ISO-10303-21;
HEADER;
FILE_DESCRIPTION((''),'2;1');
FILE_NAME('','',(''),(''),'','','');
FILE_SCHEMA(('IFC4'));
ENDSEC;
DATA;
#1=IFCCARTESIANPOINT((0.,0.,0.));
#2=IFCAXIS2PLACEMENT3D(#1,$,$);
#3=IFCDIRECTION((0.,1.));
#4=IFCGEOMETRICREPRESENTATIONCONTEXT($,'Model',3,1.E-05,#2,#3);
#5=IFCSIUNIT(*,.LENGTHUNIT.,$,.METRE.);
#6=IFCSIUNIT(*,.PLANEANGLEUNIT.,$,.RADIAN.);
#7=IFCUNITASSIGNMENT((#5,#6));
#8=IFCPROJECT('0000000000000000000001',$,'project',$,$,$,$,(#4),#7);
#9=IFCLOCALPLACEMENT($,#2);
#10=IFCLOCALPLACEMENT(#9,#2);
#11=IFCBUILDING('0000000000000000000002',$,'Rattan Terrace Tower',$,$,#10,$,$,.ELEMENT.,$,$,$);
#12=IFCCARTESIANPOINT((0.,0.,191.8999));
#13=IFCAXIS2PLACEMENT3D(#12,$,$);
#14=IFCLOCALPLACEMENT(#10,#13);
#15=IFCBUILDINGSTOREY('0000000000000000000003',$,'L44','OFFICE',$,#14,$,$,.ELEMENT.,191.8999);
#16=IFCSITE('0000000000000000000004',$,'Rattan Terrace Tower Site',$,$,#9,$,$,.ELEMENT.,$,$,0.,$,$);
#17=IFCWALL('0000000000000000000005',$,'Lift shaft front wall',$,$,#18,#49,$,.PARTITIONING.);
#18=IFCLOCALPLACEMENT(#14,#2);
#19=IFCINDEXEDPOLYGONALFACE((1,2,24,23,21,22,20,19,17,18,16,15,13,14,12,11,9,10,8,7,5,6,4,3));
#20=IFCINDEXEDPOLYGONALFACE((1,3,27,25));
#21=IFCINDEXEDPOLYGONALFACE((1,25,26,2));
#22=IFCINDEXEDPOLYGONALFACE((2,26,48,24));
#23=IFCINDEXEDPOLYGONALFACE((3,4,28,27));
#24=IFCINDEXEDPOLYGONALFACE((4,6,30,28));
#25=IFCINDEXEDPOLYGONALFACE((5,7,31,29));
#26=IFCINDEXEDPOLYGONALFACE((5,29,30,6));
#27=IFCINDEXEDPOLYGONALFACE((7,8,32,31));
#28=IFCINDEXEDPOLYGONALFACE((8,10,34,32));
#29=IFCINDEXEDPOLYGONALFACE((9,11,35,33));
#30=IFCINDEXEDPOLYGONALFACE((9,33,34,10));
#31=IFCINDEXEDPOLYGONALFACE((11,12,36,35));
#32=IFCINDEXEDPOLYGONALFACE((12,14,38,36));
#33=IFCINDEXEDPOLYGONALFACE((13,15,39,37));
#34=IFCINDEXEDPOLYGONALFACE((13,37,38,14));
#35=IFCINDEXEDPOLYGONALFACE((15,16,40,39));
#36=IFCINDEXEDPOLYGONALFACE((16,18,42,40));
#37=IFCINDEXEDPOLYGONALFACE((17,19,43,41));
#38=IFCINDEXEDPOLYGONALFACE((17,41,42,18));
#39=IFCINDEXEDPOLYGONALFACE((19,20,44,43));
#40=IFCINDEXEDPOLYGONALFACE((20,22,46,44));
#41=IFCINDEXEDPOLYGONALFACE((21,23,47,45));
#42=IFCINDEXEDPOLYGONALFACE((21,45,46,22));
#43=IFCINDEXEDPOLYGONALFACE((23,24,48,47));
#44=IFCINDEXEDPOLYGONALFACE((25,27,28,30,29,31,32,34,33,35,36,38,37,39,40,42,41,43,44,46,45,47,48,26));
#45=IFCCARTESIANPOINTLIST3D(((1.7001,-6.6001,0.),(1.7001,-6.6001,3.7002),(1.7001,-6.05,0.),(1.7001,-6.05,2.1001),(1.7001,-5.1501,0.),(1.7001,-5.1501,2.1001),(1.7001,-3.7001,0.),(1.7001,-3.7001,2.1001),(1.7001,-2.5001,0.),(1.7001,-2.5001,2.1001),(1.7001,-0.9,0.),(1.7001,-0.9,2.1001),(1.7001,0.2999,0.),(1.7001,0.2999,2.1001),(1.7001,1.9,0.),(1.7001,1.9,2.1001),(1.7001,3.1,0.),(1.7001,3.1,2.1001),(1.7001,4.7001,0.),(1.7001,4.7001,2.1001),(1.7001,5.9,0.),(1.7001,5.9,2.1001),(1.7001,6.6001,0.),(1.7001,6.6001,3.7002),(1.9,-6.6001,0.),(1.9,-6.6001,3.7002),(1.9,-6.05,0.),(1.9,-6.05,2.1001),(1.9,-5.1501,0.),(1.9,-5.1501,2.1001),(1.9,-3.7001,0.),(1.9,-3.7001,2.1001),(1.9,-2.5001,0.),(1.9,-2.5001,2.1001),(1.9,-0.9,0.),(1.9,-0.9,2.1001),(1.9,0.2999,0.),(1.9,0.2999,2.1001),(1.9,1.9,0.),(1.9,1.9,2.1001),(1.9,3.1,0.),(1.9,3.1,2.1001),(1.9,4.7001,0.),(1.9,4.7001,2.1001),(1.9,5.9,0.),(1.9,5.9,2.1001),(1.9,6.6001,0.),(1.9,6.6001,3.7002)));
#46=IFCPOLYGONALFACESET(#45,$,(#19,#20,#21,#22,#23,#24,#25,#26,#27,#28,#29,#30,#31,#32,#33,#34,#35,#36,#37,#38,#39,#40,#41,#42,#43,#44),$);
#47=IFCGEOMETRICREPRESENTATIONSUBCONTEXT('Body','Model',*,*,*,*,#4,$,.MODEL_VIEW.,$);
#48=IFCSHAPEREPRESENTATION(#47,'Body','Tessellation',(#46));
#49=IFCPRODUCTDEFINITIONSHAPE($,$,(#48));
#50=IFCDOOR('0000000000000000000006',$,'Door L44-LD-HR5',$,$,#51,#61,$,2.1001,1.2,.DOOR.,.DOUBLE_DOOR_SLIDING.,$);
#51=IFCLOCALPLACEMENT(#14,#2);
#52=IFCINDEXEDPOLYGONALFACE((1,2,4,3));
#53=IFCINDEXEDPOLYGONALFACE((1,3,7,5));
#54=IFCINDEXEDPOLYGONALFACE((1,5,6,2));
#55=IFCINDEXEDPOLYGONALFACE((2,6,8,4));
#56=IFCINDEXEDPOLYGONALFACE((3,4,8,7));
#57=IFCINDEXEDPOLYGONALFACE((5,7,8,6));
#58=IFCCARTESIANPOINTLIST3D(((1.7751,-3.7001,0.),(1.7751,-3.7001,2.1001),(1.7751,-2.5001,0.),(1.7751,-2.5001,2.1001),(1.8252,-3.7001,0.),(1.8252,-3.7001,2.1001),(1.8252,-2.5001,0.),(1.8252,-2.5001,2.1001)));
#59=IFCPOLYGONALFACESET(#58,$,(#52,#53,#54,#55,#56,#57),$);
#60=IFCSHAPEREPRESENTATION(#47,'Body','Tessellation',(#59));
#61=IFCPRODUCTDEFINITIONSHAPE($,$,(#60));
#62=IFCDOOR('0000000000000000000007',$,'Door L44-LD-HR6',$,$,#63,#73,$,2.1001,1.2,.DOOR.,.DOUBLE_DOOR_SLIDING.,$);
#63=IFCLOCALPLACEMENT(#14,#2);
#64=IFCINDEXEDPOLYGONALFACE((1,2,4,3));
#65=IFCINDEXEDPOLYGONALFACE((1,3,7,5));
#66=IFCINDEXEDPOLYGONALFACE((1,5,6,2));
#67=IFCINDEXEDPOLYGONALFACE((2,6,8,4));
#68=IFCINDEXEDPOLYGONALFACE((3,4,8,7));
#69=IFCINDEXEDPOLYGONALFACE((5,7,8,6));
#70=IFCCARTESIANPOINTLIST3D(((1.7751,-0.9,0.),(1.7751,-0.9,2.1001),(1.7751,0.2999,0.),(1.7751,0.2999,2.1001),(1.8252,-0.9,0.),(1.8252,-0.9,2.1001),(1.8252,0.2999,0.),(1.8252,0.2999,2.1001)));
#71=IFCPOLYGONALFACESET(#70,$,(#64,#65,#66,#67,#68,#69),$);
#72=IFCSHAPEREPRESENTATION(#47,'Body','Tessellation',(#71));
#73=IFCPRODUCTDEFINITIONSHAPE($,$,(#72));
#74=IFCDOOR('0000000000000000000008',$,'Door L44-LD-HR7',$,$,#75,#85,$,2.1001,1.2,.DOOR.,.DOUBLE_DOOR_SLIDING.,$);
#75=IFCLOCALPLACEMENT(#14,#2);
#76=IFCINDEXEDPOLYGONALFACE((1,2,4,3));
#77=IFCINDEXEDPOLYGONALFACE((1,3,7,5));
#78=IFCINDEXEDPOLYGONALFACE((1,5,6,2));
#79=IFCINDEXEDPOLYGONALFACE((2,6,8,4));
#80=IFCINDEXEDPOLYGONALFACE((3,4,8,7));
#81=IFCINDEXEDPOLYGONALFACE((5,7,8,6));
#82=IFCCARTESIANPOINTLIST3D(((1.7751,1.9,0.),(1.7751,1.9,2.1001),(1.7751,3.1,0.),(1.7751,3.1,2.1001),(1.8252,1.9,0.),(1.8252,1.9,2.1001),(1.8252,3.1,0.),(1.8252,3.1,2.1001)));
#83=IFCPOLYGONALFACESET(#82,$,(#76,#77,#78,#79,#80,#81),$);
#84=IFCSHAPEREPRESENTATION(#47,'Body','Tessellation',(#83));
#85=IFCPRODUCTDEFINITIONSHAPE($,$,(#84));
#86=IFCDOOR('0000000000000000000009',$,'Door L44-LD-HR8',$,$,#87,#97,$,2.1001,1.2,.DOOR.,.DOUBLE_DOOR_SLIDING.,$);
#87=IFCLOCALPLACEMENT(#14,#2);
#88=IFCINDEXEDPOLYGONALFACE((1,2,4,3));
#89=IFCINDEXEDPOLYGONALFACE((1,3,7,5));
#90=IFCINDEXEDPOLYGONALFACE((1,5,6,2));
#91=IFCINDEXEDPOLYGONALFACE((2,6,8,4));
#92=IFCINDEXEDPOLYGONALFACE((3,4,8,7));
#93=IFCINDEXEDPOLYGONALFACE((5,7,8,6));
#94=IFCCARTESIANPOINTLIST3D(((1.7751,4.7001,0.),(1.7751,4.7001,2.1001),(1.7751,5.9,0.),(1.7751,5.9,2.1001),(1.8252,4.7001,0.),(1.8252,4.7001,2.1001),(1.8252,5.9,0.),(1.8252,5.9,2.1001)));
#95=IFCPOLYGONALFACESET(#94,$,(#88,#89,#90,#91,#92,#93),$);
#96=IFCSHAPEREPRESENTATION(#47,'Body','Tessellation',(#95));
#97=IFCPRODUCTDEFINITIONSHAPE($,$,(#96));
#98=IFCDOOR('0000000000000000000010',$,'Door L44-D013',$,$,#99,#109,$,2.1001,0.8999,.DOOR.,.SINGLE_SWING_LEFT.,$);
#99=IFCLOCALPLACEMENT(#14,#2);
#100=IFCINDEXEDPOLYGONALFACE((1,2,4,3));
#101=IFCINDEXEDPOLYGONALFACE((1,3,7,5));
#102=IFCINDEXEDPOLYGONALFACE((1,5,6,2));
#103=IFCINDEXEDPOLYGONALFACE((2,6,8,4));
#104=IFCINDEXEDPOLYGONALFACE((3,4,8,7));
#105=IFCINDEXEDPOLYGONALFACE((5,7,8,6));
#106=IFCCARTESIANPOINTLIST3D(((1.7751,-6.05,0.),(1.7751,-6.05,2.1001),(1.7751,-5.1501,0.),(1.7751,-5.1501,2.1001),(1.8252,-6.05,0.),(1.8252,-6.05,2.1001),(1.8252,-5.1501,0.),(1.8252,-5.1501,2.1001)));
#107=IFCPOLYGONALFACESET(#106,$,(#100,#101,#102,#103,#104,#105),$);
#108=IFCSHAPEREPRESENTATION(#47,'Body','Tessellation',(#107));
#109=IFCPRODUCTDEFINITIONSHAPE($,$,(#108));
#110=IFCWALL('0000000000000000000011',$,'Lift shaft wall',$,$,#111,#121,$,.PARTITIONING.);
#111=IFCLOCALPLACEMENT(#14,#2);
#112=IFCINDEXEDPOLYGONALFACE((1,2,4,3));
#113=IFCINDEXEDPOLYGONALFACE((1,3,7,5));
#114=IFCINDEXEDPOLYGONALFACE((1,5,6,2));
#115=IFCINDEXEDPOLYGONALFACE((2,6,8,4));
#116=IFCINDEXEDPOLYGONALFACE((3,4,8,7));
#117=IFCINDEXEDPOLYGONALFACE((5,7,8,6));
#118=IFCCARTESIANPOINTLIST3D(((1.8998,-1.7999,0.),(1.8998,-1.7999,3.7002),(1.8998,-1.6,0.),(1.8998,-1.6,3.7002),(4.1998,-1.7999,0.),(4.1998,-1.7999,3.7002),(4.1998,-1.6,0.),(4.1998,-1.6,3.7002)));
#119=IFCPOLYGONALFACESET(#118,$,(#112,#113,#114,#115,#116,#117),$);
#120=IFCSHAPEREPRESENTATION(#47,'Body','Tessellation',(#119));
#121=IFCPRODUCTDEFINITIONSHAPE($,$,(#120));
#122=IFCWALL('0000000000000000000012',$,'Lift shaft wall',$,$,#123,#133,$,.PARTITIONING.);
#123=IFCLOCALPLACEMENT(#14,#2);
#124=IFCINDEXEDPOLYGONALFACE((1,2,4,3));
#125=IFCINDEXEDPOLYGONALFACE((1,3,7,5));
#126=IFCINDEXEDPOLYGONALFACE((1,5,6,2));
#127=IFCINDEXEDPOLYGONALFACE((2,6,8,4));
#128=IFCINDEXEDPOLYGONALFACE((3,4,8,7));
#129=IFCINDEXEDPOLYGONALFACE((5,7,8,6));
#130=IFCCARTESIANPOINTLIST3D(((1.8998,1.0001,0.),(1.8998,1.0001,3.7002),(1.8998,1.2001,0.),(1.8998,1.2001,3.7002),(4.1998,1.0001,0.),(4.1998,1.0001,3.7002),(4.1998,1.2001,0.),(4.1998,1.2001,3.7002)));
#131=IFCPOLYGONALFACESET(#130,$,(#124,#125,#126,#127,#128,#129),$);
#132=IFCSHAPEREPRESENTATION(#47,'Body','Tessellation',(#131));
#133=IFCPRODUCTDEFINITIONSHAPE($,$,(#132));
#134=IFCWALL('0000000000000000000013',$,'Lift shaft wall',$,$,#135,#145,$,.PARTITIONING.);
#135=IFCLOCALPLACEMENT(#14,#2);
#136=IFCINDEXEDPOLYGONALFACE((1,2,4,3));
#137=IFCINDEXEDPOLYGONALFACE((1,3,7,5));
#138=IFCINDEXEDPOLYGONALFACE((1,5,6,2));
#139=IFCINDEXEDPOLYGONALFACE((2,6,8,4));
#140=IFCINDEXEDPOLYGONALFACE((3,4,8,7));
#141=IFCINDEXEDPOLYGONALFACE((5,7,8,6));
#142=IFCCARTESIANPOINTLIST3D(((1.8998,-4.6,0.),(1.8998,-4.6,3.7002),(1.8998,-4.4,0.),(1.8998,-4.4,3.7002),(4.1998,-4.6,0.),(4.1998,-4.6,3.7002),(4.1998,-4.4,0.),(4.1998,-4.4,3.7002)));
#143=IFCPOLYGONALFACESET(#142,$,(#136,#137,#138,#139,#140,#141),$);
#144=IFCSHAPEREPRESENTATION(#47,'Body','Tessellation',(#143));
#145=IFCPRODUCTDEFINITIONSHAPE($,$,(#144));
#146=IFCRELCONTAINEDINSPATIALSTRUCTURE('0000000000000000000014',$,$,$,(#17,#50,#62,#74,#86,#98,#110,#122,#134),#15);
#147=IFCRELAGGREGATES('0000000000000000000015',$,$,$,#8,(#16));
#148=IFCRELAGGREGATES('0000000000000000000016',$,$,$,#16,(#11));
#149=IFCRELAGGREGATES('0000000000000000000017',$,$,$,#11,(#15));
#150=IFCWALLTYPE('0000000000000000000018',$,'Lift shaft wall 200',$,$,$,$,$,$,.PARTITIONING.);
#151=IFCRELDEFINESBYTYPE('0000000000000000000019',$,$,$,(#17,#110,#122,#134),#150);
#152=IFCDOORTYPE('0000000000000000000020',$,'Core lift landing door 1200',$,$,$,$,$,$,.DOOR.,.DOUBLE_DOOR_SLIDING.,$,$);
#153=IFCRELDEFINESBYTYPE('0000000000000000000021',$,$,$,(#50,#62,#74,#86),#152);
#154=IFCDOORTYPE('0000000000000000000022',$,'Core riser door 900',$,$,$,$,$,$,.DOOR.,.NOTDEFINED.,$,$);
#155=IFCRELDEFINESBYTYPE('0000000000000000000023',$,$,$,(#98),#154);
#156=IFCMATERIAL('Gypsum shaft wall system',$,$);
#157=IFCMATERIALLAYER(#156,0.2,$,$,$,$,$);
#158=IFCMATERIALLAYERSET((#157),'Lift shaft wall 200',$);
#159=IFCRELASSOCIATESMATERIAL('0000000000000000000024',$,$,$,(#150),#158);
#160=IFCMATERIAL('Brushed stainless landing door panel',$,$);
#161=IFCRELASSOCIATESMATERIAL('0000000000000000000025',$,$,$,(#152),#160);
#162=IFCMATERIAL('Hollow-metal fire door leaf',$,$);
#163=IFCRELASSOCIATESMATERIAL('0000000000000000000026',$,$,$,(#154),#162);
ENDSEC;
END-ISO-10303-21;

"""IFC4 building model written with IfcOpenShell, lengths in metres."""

from ifc_helpers import new_model, si_unit, direction, frame, frame_2d, origin, place, context, subcontext, project, spatial, rectangle, extrude, material, layer, layer_set, type_object, element, fill, save


model = new_model("IFC4")

# Units and contexts
model_context = context("Model", 3, precision=1e-05, world=origin(), true_north=direction((0.0, 1.0)))
body_context = subcontext(model_context, "Body", "Model", "MODEL_VIEW")
ifc_project = project(units=[si_unit("LENGTHUNIT", "METRE"), si_unit("PLANEANGLEUNIT", "RADIAN")], contexts=[model_context])

# Site, building, storey
site_placement = place(None, origin())
site = spatial("IfcSite", under=ifc_project, at=site_placement, Name="Rattan Terrace Tower Site", CompositionType="ELEMENT", RefElevation=0.0)
building_placement = place(site_placement, origin())
building = spatial("IfcBuilding", under=site, at=building_placement, Name="Rattan Terrace Tower", CompositionType="ELEMENT")
storey_placement = place(building_placement, frame((0.0, 0.0, 191.8999)))
storey = spatial("IfcBuildingStorey", under=building, at=storey_placement, Name="L44", Description="OFFICE", CompositionType="ELEMENT", Elevation=191.8999)

# Wall, openings, doors
ifc_material_1 = material(Name="Gypsum shaft wall system")
ifc_layer_1 = layer(ifc_material_1, 0.2)
ifc_layer_set_1 = layer_set([ifc_layer_1], Name="Lift shaft wall 200")
wall_type_1 = type_object("IfcWallType", Name="Lift shaft wall 200", PredefinedType="PARTITIONING", material=ifc_layer_set_1)
wall_1_placement = place(storey_placement, frame((1.8, -6.6001, 0.0), z_axis=(0.0, 0.0, 1.0), x_axis=(0.0, 1.0, 0.0)))
wall_1 = element("IfcWall", 1, at=wall_1_placement, inside=storey, type_object=wall_type_1, Name="Lift shaft front wall", PredefinedType="PARTITIONING", context=body_context, shape_type="SweptSolid", body=[
    extrude(rectangle(XDim=13.2002, YDim=0.2, at=frame_2d((6.6001, 0.0))), origin(), (0.0, 0.0, 1.0), 3.7002),
])
opening_1_placement = place(wall_1_placement, frame((0.55, 0.0, 0.0)))
opening_1 = element("IfcOpeningElement", 2, at=opening_1_placement, cuts=wall_1, PredefinedType="OPENING", context=body_context, shape_type="SweptSolid", body=[
    extrude(rectangle(XDim=0.8999, YDim=2.1001, at=frame_2d((0.45, 1.05))), frame((0.0, 0.1106, 0.0), z_axis=(0.0, -1.0, 0.0), x_axis=(1.0, 0.0, 0.0)), (0.0, 0.0, 1.0), 0.2209),
])
opening_2_placement = place(wall_1_placement, frame((2.8999, 0.0, 0.0)))
opening_2 = element("IfcOpeningElement", 3, at=opening_2_placement, cuts=wall_1, PredefinedType="OPENING", context=body_context, shape_type="SweptSolid", body=[
    extrude(rectangle(XDim=1.2, YDim=2.1001, at=frame_2d((0.6001, 1.05))), frame((0.0, 0.1106, 0.0), z_axis=(0.0, -1.0, 0.0), x_axis=(1.0, 0.0, 0.0)), (0.0, 0.0, 1.0), 0.2209),
])
opening_3_placement = place(wall_1_placement, frame((5.7, 0.0, 0.0)))
opening_3 = element("IfcOpeningElement", 4, at=opening_3_placement, cuts=wall_1, PredefinedType="OPENING", context=body_context, shape_type="SweptSolid", body=[
    extrude(rectangle(XDim=1.2, YDim=2.1001, at=frame_2d((0.6001, 1.05))), frame((0.0, 0.1106, 0.0), z_axis=(0.0, -1.0, 0.0), x_axis=(1.0, 0.0, 0.0)), (0.0, 0.0, 1.0), 0.2209),
])
opening_4_placement = place(wall_1_placement, frame((8.5, 0.0, 0.0)))
opening_4 = element("IfcOpeningElement", 5, at=opening_4_placement, cuts=wall_1, PredefinedType="OPENING", context=body_context, shape_type="SweptSolid", body=[
    extrude(rectangle(XDim=1.2, YDim=2.1001, at=frame_2d((0.6001, 1.05))), frame((0.0, 0.1106, 0.0), z_axis=(0.0, -1.0, 0.0), x_axis=(1.0, 0.0, 0.0)), (0.0, 0.0, 1.0), 0.2209),
])
opening_5_placement = place(wall_1_placement, frame((11.3, 0.0, 0.0)))
opening_5 = element("IfcOpeningElement", 6, at=opening_5_placement, cuts=wall_1, PredefinedType="OPENING", context=body_context, shape_type="SweptSolid", body=[
    extrude(rectangle(XDim=1.2, YDim=2.1001, at=frame_2d((0.6001, 1.05))), frame((0.0, 0.1106, 0.0), z_axis=(0.0, -1.0, 0.0), x_axis=(1.0, 0.0, 0.0)), (0.0, 0.0, 1.0), 0.2209),
])
ifc_material_2 = material(Name="Brushed stainless landing door panel")
door_type_1 = type_object("IfcDoorType", Name="Core lift landing door 1200", OperationType="DOUBLE_DOOR_SLIDING", PredefinedType="DOOR", material=ifc_material_2)
door_1_placement = place(opening_2_placement, origin())
door_1 = element("IfcDoor", 7, at=door_1_placement, inside=storey, type_object=door_type_1, Name="Door L44-LD-HR5", OperationType="DOUBLE_DOOR_SLIDING", OverallHeight=2.1001, OverallWidth=1.2, PredefinedType="DOOR", context=body_context, shape_type="SweptSolid", body=[
    extrude(rectangle(XDim=1.2, YDim=2.1001, at=frame_2d((0.6001, 1.05))), frame((0.0, 0.0249, 0.0), z_axis=(0.0, -1.0, 0.0), x_axis=(1.0, 0.0, 0.0)), (0.0, 0.0, 1.0), 0.05),
])
fill(opening_2, door_1)
door_2_placement = place(opening_3_placement, origin())
door_2 = element("IfcDoor", 8, at=door_2_placement, inside=storey, type_object=door_type_1, Name="Door L44-LD-HR6", OperationType="DOUBLE_DOOR_SLIDING", OverallHeight=2.1001, OverallWidth=1.2, PredefinedType="DOOR", context=body_context, shape_type="SweptSolid", body=[
    extrude(rectangle(XDim=1.2, YDim=2.1001, at=frame_2d((0.6001, 1.05))), frame((0.0, 0.0249, 0.0), z_axis=(0.0, -1.0, 0.0), x_axis=(1.0, 0.0, 0.0)), (0.0, 0.0, 1.0), 0.05),
])
fill(opening_3, door_2)
door_3_placement = place(opening_4_placement, origin())
door_3 = element("IfcDoor", 9, at=door_3_placement, inside=storey, type_object=door_type_1, Name="Door L44-LD-HR7", OperationType="DOUBLE_DOOR_SLIDING", OverallHeight=2.1001, OverallWidth=1.2, PredefinedType="DOOR", context=body_context, shape_type="SweptSolid", body=[
    extrude(rectangle(XDim=1.2, YDim=2.1001, at=frame_2d((0.6001, 1.05))), frame((0.0, 0.0249, 0.0), z_axis=(0.0, -1.0, 0.0), x_axis=(1.0, 0.0, 0.0)), (0.0, 0.0, 1.0), 0.05),
])
fill(opening_4, door_3)
door_4_placement = place(opening_5_placement, origin())
door_4 = element("IfcDoor", 10, at=door_4_placement, inside=storey, type_object=door_type_1, Name="Door L44-LD-HR8", OperationType="DOUBLE_DOOR_SLIDING", OverallHeight=2.1001, OverallWidth=1.2, PredefinedType="DOOR", context=body_context, shape_type="SweptSolid", body=[
    extrude(rectangle(XDim=1.2, YDim=2.1001, at=frame_2d((0.6001, 1.05))), frame((0.0, 0.0249, 0.0), z_axis=(0.0, -1.0, 0.0), x_axis=(1.0, 0.0, 0.0)), (0.0, 0.0, 1.0), 0.05),
])
fill(opening_5, door_4)
ifc_material_3 = material(Name="Hollow-metal fire door leaf")
door_type_2 = type_object("IfcDoorType", Name="Core riser door 900", OperationType="NOTDEFINED", PredefinedType="DOOR", material=ifc_material_3)
door_5_placement = place(opening_1_placement, origin())
door_5 = element("IfcDoor", 11, at=door_5_placement, inside=storey, type_object=door_type_2, Name="Door L44-D013", OperationType="SINGLE_SWING_LEFT", OverallHeight=2.1001, OverallWidth=0.8999, PredefinedType="DOOR", context=body_context, shape_type="SweptSolid", body=[
    extrude(rectangle(XDim=0.8999, YDim=2.1001, at=frame_2d((0.45, 1.05))), frame((0.0, 0.0249, 0.0), z_axis=(0.0, -1.0, 0.0), x_axis=(1.0, 0.0, 0.0)), (0.0, 0.0, 1.0), 0.05),
])
fill(opening_1, door_5)

# Walls
for number, where, z_axis, x_axis, name in (
    (12, (1.8999, -1.7, 0.0), (0.0, 0.0, 1.0), (1.0, 0.0, 0.0), "Lift shaft wall"),
    (13, (1.8999, 1.1001, 0.0), (0.0, 0.0, 1.0), (1.0, 0.0, 0.0), "Lift shaft wall"),
    (14, (1.8999, -4.5, 0.0), (0.0, 0.0, 1.0), (1.0, 0.0, 0.0), "Lift shaft wall"),
):
    element("IfcWall", number, at=place(storey_placement, frame(where, z_axis=z_axis, x_axis=x_axis)), inside=storey, type_object=wall_type_1, Name=name, PredefinedType="PARTITIONING", context=body_context, shape_type="SweptSolid", body=[
        extrude(rectangle(XDim=2.3, YDim=0.2, at=frame_2d((1.1499, 0.0))), origin(), (0.0, 0.0, 1.0), 3.7002),
    ])

save(model, "model.ifc")
